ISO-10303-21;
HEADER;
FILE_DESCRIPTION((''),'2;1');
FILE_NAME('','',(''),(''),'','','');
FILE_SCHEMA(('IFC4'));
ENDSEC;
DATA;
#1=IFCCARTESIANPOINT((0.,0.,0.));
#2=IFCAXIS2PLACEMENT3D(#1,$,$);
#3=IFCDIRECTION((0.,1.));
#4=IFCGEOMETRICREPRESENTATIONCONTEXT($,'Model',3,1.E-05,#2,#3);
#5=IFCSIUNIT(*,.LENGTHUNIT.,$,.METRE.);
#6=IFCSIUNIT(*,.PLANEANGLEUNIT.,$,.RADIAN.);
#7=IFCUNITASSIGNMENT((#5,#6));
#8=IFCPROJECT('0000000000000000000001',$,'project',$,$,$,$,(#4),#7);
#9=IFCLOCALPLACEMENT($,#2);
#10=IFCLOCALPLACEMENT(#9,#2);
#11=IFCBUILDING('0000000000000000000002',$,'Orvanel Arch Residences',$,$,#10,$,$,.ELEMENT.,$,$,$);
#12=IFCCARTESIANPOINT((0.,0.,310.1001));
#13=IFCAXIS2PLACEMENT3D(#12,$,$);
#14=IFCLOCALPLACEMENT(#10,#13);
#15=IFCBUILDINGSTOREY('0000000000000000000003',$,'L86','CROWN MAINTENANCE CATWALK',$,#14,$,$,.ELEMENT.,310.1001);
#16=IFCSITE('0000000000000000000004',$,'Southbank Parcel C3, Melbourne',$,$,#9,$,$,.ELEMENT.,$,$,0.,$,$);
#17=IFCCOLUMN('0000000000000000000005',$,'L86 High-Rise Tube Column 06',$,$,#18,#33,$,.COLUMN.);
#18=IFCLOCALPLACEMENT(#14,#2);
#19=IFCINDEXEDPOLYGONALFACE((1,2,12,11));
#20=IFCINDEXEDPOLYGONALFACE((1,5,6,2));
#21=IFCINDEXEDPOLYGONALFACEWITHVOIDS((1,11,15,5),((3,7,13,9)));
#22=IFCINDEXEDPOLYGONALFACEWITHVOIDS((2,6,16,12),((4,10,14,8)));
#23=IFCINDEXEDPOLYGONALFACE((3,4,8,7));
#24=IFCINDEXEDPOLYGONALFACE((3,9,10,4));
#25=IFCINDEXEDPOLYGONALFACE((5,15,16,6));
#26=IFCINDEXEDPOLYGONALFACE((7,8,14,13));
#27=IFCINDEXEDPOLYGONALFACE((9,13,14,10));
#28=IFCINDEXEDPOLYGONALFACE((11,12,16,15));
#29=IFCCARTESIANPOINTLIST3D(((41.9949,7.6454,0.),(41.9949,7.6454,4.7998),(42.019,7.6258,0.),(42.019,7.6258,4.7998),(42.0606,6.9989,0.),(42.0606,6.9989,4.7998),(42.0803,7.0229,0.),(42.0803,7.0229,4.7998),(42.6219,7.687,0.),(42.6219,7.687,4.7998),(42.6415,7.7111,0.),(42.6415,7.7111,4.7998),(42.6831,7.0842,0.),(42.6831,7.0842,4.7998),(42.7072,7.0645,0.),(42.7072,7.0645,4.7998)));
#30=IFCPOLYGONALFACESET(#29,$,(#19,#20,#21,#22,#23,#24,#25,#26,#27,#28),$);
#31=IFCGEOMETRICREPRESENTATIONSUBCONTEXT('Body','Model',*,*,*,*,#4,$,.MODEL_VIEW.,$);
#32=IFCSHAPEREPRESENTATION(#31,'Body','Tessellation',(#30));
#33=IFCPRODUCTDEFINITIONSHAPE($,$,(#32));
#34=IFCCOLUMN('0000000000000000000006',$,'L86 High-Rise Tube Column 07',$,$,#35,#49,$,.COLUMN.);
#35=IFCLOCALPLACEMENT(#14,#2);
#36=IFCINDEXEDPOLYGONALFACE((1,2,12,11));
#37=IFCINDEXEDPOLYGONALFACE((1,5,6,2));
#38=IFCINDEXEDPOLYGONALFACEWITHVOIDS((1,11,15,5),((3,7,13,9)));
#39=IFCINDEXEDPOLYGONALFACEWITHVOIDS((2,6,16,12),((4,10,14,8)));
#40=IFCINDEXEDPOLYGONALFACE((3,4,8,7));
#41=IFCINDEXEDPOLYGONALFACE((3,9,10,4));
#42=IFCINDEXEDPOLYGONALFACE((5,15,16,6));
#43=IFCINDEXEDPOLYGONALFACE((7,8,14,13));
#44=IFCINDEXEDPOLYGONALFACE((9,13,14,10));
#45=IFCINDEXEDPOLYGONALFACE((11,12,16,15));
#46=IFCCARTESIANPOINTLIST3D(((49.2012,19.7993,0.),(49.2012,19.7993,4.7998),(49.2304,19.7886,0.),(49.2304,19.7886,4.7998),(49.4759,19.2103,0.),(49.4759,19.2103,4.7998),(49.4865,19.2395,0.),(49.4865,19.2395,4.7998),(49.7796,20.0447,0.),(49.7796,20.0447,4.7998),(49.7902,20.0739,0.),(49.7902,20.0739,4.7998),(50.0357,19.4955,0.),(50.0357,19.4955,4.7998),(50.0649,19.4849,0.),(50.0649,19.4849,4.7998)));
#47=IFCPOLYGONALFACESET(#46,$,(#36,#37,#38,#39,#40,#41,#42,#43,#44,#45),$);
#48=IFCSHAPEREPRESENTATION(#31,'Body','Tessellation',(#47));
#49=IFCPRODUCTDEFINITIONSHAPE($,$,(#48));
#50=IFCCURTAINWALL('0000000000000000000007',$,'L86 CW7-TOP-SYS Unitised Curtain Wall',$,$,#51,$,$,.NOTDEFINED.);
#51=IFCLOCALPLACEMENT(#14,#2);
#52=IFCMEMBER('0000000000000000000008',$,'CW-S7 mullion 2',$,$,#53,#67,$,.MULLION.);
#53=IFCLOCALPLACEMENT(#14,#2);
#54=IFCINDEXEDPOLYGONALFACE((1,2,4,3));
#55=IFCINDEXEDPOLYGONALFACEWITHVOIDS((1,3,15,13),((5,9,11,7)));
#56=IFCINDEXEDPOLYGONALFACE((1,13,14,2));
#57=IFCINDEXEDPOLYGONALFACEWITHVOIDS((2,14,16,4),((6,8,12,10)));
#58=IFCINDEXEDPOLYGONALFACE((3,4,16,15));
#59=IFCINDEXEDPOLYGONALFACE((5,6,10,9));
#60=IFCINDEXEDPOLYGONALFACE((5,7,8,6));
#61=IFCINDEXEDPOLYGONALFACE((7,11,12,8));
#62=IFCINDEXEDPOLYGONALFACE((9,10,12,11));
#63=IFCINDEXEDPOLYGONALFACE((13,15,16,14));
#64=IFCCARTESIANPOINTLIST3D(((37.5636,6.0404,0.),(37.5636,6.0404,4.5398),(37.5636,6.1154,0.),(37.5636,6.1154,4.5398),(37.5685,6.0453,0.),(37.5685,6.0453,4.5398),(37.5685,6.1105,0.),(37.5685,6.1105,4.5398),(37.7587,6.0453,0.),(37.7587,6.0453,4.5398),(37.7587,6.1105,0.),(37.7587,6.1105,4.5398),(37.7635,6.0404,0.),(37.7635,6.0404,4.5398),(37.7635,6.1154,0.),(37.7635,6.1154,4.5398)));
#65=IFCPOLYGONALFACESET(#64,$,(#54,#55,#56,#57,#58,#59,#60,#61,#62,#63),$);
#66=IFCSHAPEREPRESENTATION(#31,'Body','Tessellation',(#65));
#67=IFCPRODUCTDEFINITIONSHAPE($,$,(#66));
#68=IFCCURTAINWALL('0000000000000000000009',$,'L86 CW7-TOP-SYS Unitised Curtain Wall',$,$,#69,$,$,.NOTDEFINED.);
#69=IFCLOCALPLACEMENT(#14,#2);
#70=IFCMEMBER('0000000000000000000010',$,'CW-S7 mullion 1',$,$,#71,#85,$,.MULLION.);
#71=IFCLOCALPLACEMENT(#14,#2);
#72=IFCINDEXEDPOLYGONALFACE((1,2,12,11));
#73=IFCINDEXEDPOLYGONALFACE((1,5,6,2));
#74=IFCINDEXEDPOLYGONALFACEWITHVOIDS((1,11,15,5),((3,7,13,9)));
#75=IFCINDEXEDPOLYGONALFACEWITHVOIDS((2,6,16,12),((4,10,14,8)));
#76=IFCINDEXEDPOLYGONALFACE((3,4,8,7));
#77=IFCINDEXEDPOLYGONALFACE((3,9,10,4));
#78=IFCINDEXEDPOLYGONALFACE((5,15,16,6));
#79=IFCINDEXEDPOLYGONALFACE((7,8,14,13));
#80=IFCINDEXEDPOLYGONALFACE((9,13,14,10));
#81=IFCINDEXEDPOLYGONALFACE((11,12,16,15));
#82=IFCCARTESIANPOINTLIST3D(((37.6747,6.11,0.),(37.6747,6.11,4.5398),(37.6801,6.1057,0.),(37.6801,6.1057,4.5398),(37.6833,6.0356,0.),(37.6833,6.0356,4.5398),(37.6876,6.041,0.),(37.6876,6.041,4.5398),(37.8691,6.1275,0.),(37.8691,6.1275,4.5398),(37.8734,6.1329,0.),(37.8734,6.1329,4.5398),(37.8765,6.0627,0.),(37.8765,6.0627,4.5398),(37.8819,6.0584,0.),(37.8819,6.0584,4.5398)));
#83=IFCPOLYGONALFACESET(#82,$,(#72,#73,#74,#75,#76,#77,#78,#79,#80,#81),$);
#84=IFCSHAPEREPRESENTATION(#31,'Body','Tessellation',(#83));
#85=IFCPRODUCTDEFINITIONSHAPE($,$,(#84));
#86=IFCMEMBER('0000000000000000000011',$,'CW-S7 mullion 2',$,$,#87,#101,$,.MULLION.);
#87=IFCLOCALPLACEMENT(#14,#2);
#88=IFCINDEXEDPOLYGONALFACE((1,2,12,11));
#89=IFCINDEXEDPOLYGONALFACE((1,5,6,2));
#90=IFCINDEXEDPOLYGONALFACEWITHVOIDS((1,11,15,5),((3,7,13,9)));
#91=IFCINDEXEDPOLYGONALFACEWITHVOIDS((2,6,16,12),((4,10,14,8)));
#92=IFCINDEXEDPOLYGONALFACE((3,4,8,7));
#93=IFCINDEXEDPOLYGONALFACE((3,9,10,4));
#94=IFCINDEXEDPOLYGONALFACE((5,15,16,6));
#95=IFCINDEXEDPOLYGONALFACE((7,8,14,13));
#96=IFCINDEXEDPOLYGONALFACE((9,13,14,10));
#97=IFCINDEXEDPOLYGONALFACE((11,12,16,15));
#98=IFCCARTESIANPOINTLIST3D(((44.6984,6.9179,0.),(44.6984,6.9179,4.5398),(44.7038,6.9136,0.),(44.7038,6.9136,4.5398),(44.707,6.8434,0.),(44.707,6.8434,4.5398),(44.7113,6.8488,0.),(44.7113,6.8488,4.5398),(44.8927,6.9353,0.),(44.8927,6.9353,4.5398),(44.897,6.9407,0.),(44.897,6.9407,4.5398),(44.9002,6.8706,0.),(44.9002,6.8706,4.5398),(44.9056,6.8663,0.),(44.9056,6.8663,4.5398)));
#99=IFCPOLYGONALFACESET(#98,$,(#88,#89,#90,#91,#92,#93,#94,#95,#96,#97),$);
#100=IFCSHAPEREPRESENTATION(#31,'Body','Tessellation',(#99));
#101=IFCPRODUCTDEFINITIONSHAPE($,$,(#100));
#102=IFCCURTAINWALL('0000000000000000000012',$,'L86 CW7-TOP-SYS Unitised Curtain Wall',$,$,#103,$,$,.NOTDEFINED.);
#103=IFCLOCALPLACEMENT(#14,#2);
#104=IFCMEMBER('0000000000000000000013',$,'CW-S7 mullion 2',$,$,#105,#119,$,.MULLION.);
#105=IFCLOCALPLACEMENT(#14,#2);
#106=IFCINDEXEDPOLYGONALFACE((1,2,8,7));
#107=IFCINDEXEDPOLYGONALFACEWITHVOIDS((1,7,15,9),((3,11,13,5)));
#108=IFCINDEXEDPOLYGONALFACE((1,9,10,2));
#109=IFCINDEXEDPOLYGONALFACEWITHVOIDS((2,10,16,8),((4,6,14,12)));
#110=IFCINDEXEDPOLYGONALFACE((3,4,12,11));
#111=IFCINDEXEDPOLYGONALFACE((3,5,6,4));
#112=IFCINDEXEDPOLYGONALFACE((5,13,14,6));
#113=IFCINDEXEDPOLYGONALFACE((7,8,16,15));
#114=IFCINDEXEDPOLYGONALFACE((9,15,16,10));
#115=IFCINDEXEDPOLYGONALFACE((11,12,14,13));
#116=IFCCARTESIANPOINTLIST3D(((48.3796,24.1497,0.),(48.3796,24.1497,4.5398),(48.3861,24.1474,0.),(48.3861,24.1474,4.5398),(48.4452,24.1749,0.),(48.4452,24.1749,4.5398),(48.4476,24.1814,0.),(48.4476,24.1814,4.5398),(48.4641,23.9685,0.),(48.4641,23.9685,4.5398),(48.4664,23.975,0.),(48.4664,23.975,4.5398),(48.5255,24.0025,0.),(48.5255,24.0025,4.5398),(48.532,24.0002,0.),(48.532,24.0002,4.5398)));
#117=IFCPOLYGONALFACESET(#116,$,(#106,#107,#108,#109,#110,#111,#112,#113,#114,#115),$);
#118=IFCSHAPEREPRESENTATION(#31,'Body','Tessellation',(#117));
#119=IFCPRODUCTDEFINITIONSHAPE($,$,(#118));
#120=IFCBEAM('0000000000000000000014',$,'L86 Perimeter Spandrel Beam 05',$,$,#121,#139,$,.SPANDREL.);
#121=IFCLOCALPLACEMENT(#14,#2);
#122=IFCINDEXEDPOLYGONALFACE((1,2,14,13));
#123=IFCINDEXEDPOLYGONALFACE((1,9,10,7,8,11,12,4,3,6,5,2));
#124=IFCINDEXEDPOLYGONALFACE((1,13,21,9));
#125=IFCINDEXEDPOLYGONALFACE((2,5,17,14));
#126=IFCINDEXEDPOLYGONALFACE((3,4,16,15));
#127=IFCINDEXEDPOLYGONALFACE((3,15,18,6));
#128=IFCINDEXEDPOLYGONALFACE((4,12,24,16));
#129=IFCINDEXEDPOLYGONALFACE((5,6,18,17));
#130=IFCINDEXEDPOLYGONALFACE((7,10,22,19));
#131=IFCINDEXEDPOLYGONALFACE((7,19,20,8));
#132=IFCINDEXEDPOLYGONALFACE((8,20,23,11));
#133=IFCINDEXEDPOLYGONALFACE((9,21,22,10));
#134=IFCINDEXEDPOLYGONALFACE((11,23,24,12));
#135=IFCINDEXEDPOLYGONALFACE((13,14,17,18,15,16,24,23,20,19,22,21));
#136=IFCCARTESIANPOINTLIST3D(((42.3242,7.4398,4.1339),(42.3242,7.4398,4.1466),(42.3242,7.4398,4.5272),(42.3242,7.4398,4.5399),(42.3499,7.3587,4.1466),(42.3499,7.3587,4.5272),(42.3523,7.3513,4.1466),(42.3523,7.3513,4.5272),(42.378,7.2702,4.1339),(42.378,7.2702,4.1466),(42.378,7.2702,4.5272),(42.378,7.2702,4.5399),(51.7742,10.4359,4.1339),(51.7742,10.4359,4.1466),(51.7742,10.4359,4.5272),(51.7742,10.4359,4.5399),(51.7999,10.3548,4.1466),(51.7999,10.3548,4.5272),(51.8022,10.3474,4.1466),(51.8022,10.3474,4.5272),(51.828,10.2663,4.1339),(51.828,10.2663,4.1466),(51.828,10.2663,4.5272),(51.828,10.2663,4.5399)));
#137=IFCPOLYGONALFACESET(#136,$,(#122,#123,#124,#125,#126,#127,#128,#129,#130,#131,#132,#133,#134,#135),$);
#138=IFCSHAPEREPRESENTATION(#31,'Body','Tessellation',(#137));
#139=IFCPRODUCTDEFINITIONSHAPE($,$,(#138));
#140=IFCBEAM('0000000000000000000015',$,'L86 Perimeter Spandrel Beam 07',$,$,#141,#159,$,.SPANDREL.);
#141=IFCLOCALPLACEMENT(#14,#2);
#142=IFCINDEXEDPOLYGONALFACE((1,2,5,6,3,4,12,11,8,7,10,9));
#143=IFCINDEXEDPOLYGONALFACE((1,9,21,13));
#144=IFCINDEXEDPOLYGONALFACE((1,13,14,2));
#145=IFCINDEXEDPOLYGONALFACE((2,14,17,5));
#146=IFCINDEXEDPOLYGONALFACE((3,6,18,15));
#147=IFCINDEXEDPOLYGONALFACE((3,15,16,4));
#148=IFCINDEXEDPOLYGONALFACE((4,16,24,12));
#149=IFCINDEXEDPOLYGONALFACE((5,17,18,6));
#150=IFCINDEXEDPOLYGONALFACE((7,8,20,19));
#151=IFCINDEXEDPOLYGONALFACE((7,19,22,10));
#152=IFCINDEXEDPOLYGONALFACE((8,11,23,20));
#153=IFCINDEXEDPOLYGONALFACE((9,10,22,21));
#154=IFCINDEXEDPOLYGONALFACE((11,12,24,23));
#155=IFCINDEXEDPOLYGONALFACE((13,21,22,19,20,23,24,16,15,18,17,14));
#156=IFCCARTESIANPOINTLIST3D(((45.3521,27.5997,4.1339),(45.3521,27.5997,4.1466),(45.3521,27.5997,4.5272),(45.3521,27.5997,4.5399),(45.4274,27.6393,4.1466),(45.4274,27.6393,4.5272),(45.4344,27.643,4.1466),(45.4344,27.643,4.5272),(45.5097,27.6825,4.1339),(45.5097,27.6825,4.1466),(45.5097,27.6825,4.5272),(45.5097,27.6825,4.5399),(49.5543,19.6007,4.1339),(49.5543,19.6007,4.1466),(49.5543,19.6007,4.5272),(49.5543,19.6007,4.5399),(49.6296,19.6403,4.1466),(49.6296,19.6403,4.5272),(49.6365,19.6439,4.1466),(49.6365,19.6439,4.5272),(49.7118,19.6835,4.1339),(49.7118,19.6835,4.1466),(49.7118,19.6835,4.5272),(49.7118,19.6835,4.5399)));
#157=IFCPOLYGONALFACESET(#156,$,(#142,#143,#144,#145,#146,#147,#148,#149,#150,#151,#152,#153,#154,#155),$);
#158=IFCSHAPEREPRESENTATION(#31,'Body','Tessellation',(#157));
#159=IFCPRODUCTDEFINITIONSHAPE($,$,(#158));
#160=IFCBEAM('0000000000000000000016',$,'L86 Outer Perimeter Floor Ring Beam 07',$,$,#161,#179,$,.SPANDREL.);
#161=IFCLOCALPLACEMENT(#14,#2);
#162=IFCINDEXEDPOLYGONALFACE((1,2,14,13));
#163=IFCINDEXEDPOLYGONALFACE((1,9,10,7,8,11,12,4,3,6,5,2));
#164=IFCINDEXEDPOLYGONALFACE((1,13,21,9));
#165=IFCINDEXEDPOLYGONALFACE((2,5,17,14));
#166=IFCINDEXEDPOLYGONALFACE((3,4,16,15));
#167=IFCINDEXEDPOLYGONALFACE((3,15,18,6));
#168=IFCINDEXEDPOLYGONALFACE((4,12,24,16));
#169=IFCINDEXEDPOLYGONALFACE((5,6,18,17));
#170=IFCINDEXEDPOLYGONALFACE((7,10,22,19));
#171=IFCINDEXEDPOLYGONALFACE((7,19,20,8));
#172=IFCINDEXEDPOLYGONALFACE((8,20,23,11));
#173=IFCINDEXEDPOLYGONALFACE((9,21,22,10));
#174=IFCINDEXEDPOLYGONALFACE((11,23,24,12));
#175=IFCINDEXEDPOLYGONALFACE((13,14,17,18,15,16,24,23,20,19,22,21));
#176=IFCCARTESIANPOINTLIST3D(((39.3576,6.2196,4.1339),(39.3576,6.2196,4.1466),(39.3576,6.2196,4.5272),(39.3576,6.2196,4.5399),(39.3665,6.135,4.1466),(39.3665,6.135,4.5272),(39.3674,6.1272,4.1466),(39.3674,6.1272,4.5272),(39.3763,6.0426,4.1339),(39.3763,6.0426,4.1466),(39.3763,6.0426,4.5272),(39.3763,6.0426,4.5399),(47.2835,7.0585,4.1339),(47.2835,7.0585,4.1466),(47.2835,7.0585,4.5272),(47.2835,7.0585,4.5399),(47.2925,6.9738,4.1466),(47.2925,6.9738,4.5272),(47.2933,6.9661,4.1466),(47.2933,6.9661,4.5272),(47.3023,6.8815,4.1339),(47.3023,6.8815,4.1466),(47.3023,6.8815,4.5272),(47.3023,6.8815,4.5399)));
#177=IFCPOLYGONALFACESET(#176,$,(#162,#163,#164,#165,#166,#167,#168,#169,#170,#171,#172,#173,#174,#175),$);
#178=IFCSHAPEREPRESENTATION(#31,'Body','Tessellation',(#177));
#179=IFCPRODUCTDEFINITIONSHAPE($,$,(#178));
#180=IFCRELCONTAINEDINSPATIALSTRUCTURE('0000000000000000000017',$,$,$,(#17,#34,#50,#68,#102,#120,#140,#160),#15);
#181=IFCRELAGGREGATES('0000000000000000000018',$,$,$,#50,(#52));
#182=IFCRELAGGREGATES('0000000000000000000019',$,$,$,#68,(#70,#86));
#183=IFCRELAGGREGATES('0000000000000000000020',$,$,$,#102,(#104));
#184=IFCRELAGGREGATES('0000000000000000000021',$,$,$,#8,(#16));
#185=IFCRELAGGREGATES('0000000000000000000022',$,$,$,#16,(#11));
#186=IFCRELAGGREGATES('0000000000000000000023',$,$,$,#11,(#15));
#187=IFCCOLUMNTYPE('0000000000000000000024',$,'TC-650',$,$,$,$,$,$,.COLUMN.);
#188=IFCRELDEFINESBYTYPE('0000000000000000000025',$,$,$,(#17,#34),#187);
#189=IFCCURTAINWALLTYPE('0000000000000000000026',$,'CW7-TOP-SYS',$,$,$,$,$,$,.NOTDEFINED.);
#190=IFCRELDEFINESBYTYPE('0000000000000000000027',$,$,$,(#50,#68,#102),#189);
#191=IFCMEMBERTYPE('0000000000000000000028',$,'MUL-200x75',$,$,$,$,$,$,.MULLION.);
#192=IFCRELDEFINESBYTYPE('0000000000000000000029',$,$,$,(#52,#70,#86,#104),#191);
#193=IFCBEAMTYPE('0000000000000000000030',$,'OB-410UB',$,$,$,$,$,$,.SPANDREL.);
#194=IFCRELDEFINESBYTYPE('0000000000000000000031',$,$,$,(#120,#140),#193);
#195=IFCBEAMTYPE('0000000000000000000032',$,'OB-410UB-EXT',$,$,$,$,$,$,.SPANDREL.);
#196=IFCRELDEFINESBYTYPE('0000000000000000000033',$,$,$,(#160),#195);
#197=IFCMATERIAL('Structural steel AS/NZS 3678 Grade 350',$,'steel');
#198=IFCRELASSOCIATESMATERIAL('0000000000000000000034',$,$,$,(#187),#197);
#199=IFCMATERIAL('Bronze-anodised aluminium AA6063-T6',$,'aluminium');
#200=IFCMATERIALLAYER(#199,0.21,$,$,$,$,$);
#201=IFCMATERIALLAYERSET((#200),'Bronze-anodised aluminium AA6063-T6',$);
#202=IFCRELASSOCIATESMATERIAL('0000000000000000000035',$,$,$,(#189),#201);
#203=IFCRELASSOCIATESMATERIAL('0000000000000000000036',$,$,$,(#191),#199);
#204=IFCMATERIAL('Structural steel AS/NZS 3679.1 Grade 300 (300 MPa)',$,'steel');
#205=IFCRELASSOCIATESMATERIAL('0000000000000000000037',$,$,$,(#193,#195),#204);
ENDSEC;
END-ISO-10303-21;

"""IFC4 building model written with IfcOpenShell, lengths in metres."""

from ifc_helpers import new_model, si_unit, direction, frame, origin, origin_2d, place, context, subcontext, project, spatial, hollow_rectangle, i_section, extrude, material, layer, layer_set, material_profile, profile_set, type_object, element, aggregate, save


model = new_model("IFC4")

# Units and contexts
model_context = context("Model", 3, precision=1e-05, world=origin(), true_north=direction((0.0, 1.0)))
body_context = subcontext(model_context, "Body", "Model", "MODEL_VIEW")
ifc_project = project(units=[si_unit("LENGTHUNIT", "METRE"), si_unit("PLANEANGLEUNIT", "RADIAN")], contexts=[model_context])

# Site, building, storey
site_placement = place(None, origin())
site = spatial("IfcSite", under=ifc_project, at=site_placement, Name="Southbank Parcel C3, Melbourne", CompositionType="ELEMENT", RefElevation=0.0)
building_placement = place(site_placement, origin())
building = spatial("IfcBuilding", under=site, at=building_placement, Name="Orvanel Arch Residences", CompositionType="ELEMENT")
storey_placement = place(building_placement, frame((0.0, 0.0, 310.1001)))
storey = spatial("IfcBuildingStorey", under=building, at=storey_placement, Name="L86", Description="CROWN MAINTENANCE CATWALK", CompositionType="ELEMENT", Elevation=310.1001)

# Columns
ifc_material_1 = material(Name="Structural steel AS/NZS 3678 Grade 350", Category="steel")
ifc_material_profile_1 = material_profile(ifc_material_1, hollow_rectangle(XDim=0.6499, YDim=0.6499, WallThickness=0.022, at=origin_2d()), Name="BOX650x650x22")
ifc_profile_set_1 = profile_set([ifc_material_profile_1], Name="Structural steel AS/NZS 3678 Grade 350")
column_type = type_object("IfcColumnType", Name="TC-650", PredefinedType="COLUMN", material=ifc_profile_set_1)
for number, where, z_axis, x_axis, name in (
    (1, (42.3511, 7.355, 0.0), (0.0, 0.0, 1.0), (0.994881, 0.101056, 0.0), "L86 High-Rise Tube Column 06"),
    (2, (49.6331, 19.6421, 0.0), (0.0, 0.0, 1.0), (-0.422618, 0.906308, 0.0), "L86 High-Rise Tube Column 07"),
):
    element("IfcColumn", number, at=place(storey_placement, frame(where, z_axis=z_axis, x_axis=x_axis)), inside=storey, type_object=column_type, Name=name, PredefinedType="COLUMN", context=body_context, shape_type="SweptSolid", body=[
        extrude(hollow_rectangle(XDim=0.6499, YDim=0.6499, WallThickness=0.022, at=origin_2d()), origin(), (0.0, 0.0, 1.0), 4.7998),
    ])

# Curtain wall, member
ifc_material_2 = material(Name="Bronze-anodised aluminium AA6063-T6", Category="aluminium")
ifc_layer_1 = layer(ifc_material_2, 0.21)
ifc_layer_set_1 = layer_set([ifc_layer_1], Name="Bronze-anodised aluminium AA6063-T6")
curtain_wall_type = type_object("IfcCurtainWallType", Name="CW7-TOP-SYS", PredefinedType="NOTDEFINED", material=ifc_layer_set_1)
curtain_wall_1_placement = place(storey_placement, origin())
curtain_wall_1 = element("IfcCurtainWall", 3, at=curtain_wall_1_placement, inside=storey, type_object=curtain_wall_type, Name="L86 CW7-TOP-SYS Unitised Curtain Wall", PredefinedType="NOTDEFINED")
ifc_material_profile_2 = material_profile(ifc_material_2, hollow_rectangle(XDim=0.075, YDim=0.2, WallThickness=0.0049, at=origin_2d()), Name="ALU200x75x5")
ifc_profile_set_2 = profile_set([ifc_material_profile_2], Name="Bronze-anodised aluminium AA6063-T6")
member_type_1 = type_object("IfcMemberType", Name="MUL-200x75", PredefinedType="MULLION", material=ifc_profile_set_2)
member_1_placement = place(storey_placement, frame((37.6636, 6.0779, 0.0), z_axis=(0.0, 0.0, 1.0), x_axis=(0.0, 1.0, 0.0)))
member_1 = element("IfcMember", 4, at=member_1_placement, type_object=member_type_1, Name="CW-S7 mullion 2", PredefinedType="MULLION", context=body_context, shape_type="SweptSolid", body=[
    extrude(hollow_rectangle(XDim=0.075, YDim=0.2, WallThickness=0.0049, at=origin_2d()), origin(), (0.0, 0.0, 1.0), 4.5398),
])

# Curtain wall, members
curtain_wall_2_placement = place(storey_placement, origin())
curtain_wall_2 = element("IfcCurtainWall", 5, at=curtain_wall_2_placement, inside=storey, type_object=curtain_wall_type, Name="L86 CW7-TOP-SYS Unitised Curtain Wall", PredefinedType="NOTDEFINED")
member_2_placement = place(storey_placement, frame((37.7783, 6.0842, 0.0), z_axis=(0.0, 0.0, 1.0), x_axis=(-0.114245, 0.993453, 0.0)))
member_2 = element("IfcMember", 6, at=member_2_placement, type_object=member_type_1, Name="CW-S7 mullion 1", PredefinedType="MULLION", context=body_context, shape_type="SweptSolid", body=[
    extrude(hollow_rectangle(XDim=0.075, YDim=0.2, WallThickness=0.0049, at=origin_2d()), origin(), (0.0, 0.0, 1.0), 4.5398),
])
member_3_placement = place(storey_placement, frame((44.802, 6.8921, 0.0), z_axis=(0.0, 0.0, 1.0), x_axis=(-0.114245, 0.993453, 0.0)))
member_3 = element("IfcMember", 7, at=member_3_placement, type_object=member_type_1, Name="CW-S7 mullion 2", PredefinedType="MULLION", context=body_context, shape_type="SweptSolid", body=[
    extrude(hollow_rectangle(XDim=0.075, YDim=0.2, WallThickness=0.0049, at=origin_2d()), origin(), (0.0, 0.0, 1.0), 4.5398),
])

# Curtain wall, member
curtain_wall_3_placement = place(storey_placement, origin())
curtain_wall_3 = element("IfcCurtainWall", 8, at=curtain_wall_3_placement, inside=storey, type_object=curtain_wall_type, Name="L86 CW7-TOP-SYS Unitised Curtain Wall", PredefinedType="NOTDEFINED")
member_4_placement = place(storey_placement, frame((48.4558, 24.075, 0.0), z_axis=(0.0, 0.0, 1.0), x_axis=(-0.906427, -0.422363, 0.0)))
member_4 = element("IfcMember", 9, at=member_4_placement, type_object=member_type_1, Name="CW-S7 mullion 2", PredefinedType="MULLION", context=body_context, shape_type="SweptSolid", body=[
    extrude(hollow_rectangle(XDim=0.075, YDim=0.2, WallThickness=0.0049, at=origin_2d()), origin(), (0.0, 0.0, 1.0), 4.5398),
])

# Beams
ifc_material_3 = material(Name="Structural steel AS/NZS 3679.1 Grade 300 (300 MPa)", Category="steel")
ifc_material_profile_3 = material_profile(ifc_material_3, i_section(OverallWidth=0.178, OverallDepth=0.406, WebThickness=0.0078, FlangeThickness=0.0127, at=origin_2d()), Name="410UB59.7")
ifc_profile_set_3 = profile_set([ifc_material_profile_3], Name="Structural steel AS/NZS 3679.1 Grade 300 (300 MPa)")
beam_type_1 = type_object("IfcBeamType", Name="OB-410UB", PredefinedType="SPANDREL", material=ifc_profile_set_3)
beam_1_placement = place(storey_placement, frame((42.3511, 7.355, 4.3369), z_axis=(0.953237, 0.302223, 0.0), x_axis=(-0.302223, 0.953237, 0.0)))
element("IfcBeam", 10, at=beam_1_placement, inside=storey, type_object=beam_type_1, Name="L86 Perimeter Spandrel Beam 05", PredefinedType="SPANDREL", context=body_context, shape_type="SweptSolid", body=[
    extrude(i_section(OverallWidth=0.178, OverallDepth=0.406, WebThickness=0.0078, FlangeThickness=0.0127, at=origin_2d()), origin(), (0.0, 0.0, 1.0), 9.9136),
])
beam_2_placement = place(storey_placement, frame((49.6331, 19.6421, 4.3369), z_axis=(-0.465065, 0.885277, 0.0), x_axis=(-0.885277, -0.465065, 0.0)))
element("IfcBeam", 11, at=beam_2_placement, inside=storey, type_object=beam_type_1, Name="L86 Perimeter Spandrel Beam 07", PredefinedType="SPANDREL", context=body_context, shape_type="SweptSolid", body=[
    extrude(i_section(OverallWidth=0.178, OverallDepth=0.406, WebThickness=0.0078, FlangeThickness=0.0127, at=origin_2d()), origin(), (0.0, 0.0, 1.0), 9.0356),
])
ifc_material_profile_4 = material_profile(ifc_material_3, i_section(OverallWidth=0.178, OverallDepth=0.406, WebThickness=0.0078, FlangeThickness=0.0127, at=origin_2d()), Name="410UB59.7")
ifc_profile_set_4 = profile_set([ifc_material_profile_4], Name="Structural steel AS/NZS 3679.1 Grade 300 (300 MPa)")
beam_type_2 = type_object("IfcBeamType", Name="OB-410UB-EXT", PredefinedType="SPANDREL", material=ifc_profile_set_4)
beam_3_placement = place(storey_placement, frame((39.3669, 6.1311, 4.3369), z_axis=(0.994446, 0.105249, 0.0), x_axis=(-0.105249, 0.994446, 0.0)))
element("IfcBeam", 12, at=beam_3_placement, inside=storey, type_object=beam_type_2, Name="L86 Outer Perimeter Floor Ring Beam 07", PredefinedType="SPANDREL", context=body_context, shape_type="SweptSolid", body=[
    extrude(i_section(OverallWidth=0.178, OverallDepth=0.406, WebThickness=0.0078, FlangeThickness=0.0127, at=origin_2d()), origin(), (0.0, 0.0, 1.0), 7.9702),
])

aggregate(curtain_wall_1, [member_1])
aggregate(curtain_wall_2, [member_2, member_3])
aggregate(curtain_wall_3, [member_4])

save(model, "model.ifc")
